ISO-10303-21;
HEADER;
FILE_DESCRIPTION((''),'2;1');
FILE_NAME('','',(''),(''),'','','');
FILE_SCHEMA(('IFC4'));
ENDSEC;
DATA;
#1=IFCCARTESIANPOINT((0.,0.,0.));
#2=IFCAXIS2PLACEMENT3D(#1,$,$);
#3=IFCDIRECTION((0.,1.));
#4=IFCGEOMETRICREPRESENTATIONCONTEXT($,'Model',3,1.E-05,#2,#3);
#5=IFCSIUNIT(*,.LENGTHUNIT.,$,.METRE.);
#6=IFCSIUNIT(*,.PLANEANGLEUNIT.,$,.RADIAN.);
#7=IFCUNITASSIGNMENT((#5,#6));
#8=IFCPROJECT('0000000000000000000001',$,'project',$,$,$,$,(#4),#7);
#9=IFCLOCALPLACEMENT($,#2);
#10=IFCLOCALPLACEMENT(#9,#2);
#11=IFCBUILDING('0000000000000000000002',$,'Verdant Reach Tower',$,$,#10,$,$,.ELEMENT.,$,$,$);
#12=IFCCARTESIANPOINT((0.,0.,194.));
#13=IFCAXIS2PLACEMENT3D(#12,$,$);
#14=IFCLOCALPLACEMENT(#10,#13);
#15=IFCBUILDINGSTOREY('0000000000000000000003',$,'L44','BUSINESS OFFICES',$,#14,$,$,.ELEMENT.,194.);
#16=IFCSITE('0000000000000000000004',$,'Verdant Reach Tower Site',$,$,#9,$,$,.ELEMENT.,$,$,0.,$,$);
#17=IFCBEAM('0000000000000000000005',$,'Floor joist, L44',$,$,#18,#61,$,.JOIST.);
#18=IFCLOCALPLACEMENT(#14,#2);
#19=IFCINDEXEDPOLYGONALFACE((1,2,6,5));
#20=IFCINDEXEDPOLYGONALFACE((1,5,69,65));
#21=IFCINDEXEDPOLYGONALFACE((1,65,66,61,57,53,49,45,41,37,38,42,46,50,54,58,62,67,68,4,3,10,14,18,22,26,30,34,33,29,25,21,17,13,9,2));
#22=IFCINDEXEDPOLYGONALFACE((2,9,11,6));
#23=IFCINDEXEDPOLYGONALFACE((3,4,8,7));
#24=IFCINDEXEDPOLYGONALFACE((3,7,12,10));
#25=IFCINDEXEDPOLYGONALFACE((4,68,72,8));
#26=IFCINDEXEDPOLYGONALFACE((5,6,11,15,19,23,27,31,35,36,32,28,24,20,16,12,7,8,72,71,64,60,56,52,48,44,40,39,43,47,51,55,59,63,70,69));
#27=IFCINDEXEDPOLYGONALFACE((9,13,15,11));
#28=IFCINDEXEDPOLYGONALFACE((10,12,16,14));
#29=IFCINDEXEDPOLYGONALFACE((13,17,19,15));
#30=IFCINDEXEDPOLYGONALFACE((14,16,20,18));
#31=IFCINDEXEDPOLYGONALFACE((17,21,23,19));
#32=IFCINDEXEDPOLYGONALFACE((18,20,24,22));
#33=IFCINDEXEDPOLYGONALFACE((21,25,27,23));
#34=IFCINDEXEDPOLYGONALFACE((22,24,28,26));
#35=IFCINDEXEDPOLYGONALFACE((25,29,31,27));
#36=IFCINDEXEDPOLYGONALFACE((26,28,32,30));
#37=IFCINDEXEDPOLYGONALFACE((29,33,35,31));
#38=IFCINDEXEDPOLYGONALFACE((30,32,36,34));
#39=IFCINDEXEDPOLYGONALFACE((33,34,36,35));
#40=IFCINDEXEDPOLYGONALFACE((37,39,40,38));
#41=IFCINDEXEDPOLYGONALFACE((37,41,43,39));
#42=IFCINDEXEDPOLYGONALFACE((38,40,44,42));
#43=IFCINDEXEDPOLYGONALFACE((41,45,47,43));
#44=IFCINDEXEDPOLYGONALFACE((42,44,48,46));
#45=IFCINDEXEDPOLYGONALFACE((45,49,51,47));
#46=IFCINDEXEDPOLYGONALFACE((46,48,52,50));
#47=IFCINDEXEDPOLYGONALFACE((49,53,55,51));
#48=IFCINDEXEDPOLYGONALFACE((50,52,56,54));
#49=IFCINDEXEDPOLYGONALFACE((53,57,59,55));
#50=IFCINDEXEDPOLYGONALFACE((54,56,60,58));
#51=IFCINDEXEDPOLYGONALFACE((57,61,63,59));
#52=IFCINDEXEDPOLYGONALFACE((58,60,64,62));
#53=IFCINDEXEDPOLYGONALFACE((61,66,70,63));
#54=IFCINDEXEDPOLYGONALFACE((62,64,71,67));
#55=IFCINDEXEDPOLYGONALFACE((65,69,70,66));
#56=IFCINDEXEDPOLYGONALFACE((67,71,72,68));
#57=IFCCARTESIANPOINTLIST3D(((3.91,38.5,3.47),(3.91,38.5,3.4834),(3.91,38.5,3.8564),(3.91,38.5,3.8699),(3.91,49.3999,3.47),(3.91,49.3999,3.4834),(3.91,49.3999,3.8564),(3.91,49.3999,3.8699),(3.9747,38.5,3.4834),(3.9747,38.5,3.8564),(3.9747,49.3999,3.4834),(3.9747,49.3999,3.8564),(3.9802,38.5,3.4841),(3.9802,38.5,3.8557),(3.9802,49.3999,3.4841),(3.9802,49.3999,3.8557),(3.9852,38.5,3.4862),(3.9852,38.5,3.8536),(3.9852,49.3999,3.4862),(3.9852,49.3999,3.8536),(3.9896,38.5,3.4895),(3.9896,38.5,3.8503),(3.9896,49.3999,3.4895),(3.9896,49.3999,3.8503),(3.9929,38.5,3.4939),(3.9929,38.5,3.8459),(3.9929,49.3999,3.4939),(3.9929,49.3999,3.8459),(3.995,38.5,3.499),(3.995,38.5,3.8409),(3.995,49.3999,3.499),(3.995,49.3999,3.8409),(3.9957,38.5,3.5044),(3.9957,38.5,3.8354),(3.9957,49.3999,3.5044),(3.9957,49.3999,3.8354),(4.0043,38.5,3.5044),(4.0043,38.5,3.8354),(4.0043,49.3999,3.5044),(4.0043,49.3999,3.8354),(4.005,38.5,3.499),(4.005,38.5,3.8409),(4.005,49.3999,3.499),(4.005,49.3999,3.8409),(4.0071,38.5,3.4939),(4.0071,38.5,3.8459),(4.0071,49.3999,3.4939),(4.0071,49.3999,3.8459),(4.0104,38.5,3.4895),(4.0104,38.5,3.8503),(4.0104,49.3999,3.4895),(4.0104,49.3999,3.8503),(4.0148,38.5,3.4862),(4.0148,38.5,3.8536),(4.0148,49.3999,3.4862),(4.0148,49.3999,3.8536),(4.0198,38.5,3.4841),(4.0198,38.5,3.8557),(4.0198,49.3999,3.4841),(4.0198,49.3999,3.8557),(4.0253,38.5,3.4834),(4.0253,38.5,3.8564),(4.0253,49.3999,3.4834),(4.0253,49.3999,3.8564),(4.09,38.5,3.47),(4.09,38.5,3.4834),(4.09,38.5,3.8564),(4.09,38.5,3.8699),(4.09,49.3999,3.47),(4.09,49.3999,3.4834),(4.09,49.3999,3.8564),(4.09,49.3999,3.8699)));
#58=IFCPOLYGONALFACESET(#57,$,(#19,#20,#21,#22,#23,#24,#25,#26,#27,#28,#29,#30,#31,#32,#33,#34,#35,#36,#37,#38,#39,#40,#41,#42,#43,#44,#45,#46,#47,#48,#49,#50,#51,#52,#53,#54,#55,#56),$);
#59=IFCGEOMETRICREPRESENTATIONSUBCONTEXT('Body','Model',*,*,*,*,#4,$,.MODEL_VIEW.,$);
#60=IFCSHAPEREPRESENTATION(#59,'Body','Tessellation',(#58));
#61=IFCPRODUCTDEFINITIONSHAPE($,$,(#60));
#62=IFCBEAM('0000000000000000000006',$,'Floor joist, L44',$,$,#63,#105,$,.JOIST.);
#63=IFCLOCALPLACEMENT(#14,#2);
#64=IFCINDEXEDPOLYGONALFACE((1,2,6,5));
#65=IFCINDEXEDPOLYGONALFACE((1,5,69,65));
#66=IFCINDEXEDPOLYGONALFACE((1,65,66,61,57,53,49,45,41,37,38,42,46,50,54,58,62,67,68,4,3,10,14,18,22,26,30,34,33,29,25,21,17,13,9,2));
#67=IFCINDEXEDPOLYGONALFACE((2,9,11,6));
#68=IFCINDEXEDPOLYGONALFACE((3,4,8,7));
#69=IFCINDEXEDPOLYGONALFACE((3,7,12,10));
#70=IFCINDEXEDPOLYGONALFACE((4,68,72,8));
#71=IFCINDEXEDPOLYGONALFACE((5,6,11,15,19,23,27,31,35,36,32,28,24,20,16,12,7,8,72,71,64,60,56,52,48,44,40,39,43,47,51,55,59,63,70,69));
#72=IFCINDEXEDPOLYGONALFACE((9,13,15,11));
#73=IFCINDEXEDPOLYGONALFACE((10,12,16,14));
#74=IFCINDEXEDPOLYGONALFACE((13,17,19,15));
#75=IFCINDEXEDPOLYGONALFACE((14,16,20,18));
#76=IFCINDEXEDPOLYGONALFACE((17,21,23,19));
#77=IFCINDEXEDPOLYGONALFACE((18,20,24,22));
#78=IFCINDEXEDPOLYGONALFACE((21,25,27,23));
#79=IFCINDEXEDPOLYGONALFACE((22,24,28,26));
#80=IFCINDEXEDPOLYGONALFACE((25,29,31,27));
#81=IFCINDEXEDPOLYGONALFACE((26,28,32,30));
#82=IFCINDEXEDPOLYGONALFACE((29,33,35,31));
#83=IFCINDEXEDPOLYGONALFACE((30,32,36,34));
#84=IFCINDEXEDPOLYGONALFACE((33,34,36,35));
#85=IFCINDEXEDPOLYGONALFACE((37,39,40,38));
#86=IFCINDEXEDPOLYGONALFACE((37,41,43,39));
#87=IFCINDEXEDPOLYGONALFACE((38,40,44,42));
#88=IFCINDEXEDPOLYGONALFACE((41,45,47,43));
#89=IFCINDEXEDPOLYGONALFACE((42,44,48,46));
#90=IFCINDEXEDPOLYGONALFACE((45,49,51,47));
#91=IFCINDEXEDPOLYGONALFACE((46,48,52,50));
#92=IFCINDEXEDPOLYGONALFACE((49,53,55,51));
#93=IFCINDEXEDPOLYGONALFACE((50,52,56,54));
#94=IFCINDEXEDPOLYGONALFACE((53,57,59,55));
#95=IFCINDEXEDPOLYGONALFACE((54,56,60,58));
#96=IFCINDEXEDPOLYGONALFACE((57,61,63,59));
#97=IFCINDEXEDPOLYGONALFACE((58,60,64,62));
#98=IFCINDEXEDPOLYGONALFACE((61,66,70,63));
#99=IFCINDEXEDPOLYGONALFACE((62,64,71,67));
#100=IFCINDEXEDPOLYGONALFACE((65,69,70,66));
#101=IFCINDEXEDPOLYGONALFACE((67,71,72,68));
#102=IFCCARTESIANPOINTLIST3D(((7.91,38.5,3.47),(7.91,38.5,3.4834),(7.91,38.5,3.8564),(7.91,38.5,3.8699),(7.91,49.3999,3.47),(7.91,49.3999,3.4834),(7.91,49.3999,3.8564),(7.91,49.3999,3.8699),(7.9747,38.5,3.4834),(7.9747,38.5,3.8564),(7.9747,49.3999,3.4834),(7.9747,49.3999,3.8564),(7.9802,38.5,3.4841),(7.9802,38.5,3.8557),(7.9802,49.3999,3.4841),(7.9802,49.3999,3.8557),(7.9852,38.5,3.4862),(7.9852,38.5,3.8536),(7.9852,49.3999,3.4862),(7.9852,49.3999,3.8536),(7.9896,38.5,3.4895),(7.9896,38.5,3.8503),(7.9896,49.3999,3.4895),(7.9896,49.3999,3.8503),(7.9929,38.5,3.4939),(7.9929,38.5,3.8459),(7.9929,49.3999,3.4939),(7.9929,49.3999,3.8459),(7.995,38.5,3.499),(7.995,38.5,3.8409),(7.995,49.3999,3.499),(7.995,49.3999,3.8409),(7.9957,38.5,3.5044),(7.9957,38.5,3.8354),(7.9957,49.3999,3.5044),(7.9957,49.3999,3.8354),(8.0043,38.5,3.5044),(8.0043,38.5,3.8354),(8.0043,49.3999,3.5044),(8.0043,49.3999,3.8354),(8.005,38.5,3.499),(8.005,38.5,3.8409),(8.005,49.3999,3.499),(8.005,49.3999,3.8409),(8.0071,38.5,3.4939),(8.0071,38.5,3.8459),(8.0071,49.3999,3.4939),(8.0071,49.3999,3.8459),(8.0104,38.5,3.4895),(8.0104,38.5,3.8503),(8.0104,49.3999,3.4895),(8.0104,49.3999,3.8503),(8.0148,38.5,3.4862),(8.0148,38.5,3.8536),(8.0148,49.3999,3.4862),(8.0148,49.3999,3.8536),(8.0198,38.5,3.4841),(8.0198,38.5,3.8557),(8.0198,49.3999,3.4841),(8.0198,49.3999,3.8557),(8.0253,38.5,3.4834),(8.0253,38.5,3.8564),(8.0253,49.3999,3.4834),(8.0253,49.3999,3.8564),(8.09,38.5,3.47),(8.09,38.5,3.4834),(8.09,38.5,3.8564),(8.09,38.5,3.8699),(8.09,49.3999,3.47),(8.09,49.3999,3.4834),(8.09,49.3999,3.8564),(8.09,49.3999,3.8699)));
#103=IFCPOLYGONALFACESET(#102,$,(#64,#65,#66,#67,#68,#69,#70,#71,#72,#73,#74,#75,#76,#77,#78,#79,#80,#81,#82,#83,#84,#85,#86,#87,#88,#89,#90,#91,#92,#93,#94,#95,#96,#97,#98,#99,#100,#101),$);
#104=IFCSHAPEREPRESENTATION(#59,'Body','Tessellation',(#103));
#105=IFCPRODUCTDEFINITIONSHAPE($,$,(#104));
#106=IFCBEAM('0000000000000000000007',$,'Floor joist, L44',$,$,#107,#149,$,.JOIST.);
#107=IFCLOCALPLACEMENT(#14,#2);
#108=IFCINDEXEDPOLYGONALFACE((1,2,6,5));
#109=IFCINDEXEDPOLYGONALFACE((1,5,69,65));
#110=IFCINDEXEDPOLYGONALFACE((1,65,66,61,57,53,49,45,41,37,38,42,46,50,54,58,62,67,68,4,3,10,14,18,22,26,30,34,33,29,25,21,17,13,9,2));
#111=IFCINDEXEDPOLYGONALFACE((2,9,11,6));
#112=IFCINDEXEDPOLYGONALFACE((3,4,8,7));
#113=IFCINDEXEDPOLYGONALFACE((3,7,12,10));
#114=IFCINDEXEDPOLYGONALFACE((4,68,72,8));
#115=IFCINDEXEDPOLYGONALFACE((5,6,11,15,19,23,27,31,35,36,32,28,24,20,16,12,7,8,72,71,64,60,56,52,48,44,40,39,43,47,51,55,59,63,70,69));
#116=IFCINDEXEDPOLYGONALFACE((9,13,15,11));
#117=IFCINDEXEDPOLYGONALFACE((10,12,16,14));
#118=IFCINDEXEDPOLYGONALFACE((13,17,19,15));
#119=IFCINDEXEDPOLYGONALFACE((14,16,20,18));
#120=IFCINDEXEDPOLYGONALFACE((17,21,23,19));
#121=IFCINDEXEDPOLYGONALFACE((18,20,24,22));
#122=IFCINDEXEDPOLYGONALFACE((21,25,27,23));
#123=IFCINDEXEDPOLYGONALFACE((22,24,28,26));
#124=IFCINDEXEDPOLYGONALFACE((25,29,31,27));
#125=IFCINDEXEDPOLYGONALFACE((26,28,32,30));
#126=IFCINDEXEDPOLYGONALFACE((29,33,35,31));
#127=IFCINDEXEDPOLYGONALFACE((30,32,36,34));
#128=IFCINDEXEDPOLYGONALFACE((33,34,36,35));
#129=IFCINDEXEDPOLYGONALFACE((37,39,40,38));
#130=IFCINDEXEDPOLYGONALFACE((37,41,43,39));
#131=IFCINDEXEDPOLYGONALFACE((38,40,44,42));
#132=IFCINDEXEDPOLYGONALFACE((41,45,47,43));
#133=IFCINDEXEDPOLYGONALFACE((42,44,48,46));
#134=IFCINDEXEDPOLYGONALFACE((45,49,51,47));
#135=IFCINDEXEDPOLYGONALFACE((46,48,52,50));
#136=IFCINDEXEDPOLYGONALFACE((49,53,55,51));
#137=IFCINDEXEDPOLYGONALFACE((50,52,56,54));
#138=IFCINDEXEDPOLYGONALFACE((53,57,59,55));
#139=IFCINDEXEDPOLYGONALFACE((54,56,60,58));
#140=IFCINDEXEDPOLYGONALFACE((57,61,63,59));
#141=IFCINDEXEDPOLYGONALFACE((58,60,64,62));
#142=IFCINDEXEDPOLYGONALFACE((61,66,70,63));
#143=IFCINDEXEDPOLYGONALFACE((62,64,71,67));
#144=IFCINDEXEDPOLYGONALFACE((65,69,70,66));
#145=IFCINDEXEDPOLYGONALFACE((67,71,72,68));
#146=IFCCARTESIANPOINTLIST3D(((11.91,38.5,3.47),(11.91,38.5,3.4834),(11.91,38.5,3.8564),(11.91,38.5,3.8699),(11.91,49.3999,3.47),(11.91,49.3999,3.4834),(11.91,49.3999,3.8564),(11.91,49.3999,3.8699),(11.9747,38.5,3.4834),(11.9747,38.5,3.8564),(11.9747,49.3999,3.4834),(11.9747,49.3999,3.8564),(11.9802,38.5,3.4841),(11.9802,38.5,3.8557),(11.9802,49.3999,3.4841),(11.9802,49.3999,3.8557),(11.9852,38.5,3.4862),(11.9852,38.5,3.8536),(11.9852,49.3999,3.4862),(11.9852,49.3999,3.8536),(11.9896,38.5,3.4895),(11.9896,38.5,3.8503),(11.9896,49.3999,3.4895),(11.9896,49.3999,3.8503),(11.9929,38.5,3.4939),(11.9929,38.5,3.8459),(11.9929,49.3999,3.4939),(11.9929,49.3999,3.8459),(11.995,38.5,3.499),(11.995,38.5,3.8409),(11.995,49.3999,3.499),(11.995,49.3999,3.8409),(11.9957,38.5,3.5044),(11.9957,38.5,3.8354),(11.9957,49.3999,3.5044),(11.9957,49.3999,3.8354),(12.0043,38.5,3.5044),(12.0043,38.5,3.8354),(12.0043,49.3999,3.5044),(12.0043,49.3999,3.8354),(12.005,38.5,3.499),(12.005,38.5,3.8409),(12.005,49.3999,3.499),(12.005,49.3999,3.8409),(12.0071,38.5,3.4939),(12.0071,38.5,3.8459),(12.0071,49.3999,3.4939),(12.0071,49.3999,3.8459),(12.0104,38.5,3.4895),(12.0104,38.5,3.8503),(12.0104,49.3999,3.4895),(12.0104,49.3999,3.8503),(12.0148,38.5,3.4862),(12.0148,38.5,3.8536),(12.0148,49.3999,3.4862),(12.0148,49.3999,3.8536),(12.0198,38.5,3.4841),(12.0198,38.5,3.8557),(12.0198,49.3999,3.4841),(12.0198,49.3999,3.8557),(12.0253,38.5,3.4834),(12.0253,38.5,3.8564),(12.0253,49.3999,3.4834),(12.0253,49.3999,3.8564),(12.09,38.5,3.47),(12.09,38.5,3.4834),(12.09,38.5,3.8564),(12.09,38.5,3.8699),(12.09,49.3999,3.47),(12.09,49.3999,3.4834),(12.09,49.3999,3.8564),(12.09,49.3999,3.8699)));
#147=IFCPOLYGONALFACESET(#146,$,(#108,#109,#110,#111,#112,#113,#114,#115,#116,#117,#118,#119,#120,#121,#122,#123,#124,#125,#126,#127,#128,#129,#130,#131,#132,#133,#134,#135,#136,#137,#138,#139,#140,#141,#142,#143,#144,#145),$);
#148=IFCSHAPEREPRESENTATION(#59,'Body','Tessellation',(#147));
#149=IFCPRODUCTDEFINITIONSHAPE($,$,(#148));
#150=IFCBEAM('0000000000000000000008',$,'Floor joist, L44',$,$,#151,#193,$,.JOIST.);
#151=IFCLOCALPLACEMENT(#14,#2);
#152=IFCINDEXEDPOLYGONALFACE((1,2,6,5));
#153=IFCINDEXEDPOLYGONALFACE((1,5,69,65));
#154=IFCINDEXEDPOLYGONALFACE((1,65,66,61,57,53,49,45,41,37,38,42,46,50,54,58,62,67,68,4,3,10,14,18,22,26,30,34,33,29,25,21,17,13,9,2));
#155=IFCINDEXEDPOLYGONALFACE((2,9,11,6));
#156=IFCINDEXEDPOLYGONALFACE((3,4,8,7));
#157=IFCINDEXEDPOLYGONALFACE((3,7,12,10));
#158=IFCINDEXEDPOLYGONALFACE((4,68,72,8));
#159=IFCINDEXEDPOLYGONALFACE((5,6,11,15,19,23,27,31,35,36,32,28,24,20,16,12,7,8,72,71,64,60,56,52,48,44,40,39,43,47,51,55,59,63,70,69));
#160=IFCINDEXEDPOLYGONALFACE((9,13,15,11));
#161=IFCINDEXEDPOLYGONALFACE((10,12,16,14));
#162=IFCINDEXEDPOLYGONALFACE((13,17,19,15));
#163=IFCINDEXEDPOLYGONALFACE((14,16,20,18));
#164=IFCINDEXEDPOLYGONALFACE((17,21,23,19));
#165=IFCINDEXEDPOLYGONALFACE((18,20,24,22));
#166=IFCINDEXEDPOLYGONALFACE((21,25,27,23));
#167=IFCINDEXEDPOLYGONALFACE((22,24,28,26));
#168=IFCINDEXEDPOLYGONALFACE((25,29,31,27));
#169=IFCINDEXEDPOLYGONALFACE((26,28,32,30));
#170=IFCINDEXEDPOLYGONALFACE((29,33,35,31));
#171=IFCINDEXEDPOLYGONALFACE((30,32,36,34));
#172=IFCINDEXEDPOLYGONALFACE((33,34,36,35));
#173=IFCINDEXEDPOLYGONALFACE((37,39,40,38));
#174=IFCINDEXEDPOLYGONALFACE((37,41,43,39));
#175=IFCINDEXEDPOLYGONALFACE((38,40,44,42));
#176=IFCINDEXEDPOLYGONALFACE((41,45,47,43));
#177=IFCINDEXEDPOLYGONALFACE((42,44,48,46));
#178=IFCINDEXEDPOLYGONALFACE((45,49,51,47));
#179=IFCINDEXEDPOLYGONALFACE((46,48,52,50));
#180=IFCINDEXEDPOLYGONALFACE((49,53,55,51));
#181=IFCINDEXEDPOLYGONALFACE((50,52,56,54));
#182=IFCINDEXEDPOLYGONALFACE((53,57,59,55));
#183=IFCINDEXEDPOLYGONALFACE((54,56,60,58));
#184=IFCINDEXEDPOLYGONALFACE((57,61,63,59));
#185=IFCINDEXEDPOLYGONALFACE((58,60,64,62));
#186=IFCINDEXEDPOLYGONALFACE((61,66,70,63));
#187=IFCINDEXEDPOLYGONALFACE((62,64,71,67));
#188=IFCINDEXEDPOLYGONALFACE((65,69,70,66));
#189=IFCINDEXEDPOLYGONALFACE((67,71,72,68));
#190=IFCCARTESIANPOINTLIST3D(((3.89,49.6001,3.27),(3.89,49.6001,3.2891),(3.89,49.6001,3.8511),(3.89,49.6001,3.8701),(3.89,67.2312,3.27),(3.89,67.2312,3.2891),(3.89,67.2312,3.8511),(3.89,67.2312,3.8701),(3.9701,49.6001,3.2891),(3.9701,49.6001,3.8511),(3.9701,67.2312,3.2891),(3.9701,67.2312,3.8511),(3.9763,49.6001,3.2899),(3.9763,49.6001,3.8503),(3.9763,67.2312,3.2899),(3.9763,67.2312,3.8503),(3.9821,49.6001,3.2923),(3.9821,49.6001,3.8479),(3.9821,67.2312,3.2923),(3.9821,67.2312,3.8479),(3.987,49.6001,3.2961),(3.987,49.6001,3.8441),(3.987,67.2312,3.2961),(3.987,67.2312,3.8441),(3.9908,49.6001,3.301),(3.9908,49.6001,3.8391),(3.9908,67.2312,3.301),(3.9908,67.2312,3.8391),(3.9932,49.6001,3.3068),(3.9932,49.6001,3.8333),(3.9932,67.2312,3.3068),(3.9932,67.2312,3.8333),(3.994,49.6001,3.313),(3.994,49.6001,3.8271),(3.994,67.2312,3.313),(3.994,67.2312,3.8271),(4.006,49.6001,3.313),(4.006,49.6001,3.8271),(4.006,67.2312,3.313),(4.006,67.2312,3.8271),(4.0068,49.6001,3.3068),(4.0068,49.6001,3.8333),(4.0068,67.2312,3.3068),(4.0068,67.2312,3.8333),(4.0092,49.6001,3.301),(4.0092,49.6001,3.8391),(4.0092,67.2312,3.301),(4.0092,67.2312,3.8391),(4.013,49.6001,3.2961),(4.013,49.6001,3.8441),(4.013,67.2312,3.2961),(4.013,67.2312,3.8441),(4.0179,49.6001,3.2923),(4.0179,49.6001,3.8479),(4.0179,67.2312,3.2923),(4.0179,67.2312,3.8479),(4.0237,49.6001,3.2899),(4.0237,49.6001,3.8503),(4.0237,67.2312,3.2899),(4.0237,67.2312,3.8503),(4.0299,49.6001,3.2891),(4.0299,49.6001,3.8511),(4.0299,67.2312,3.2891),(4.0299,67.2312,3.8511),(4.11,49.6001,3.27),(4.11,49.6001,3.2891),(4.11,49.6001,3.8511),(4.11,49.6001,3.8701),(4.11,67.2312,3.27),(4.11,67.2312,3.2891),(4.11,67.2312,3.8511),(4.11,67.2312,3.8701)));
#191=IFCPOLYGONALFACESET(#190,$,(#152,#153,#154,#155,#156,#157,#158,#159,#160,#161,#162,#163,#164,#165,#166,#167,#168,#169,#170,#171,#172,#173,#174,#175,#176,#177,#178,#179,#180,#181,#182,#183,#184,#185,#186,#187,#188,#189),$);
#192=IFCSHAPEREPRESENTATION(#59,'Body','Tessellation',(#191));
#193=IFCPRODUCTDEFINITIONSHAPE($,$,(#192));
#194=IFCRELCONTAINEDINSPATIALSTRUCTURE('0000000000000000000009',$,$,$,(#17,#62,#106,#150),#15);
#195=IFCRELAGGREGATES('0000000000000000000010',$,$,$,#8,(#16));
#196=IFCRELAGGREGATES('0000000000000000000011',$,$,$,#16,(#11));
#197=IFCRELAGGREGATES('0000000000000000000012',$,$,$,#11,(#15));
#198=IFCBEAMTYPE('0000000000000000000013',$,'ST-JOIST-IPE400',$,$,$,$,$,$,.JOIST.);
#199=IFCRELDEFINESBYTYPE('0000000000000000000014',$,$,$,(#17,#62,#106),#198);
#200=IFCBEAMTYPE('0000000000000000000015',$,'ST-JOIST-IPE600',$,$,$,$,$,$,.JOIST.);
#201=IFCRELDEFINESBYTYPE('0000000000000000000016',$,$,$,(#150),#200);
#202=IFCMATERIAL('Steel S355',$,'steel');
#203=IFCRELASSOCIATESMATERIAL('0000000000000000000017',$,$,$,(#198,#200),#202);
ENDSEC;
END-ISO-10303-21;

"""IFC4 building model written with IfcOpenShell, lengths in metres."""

from ifc_helpers import new_model, si_unit, direction, frame, origin, origin_2d, place, context, subcontext, project, spatial, i_section, extrude, material, material_profile, profile_set, type_object, element, save


model = new_model("IFC4")

# Units and contexts
model_context = context("Model", 3, precision=1e-05, world=origin(), true_north=direction((0.0, 1.0)))
body_context = subcontext(model_context, "Body", "Model", "MODEL_VIEW")
ifc_project = project(units=[si_unit("LENGTHUNIT", "METRE"), si_unit("PLANEANGLEUNIT", "RADIAN")], contexts=[model_context])

# Site, building, storey
site_placement = place(None, origin())
site = spatial("IfcSite", under=ifc_project, at=site_placement, Name="Verdant Reach Tower Site", CompositionType="ELEMENT", RefElevation=0.0)
building_placement = place(site_placement, origin())
building = spatial("IfcBuilding", under=site, at=building_placement, Name="Verdant Reach Tower", CompositionType="ELEMENT")
storey_placement = place(building_placement, frame((0.0, 0.0, 194.0)))
storey = spatial("IfcBuildingStorey", under=building, at=storey_placement, Name="L44", Description="BUSINESS OFFICES", CompositionType="ELEMENT", Elevation=194.0)

# Beams
ifc_material_1 = material(Name="Steel S355", Category="steel")
ifc_material_profile_1 = material_profile(ifc_material_1, i_section(OverallWidth=0.1799, OverallDepth=0.3999, WebThickness=0.0085, FlangeThickness=0.0134, FilletRadius=0.021, at=origin_2d()), Name="IPE 400")
ifc_profile_set_1 = profile_set([ifc_material_profile_1], Name="Steel S355")
beam_type_1 = type_object("IfcBeamType", Name="ST-JOIST-IPE400", PredefinedType="JOIST", material=ifc_profile_set_1)
for number, where, z_axis, x_axis, name in (
    (1, (4.0, 38.5, 3.6699), (0.0, 1.0, 0.0), (-1.0, 0.0, 0.0), "Floor joist, L44"),
    (2, (8.0, 38.5, 3.6699), (0.0, 1.0, 0.0), (-1.0, 0.0, 0.0), "Floor joist, L44"),
    (3, (12.0, 38.5, 3.6699), (0.0, 1.0, 0.0), (-1.0, 0.0, 0.0), "Floor joist, L44"),
):
    element("IfcBeam", number, at=place(storey_placement, frame(where, z_axis=z_axis, x_axis=x_axis)), inside=storey, type_object=beam_type_1, Name=name, PredefinedType="JOIST", context=body_context, shape_type="SweptSolid", body=[
        extrude(i_section(OverallWidth=0.1799, OverallDepth=0.3999, WebThickness=0.0085, FlangeThickness=0.0134, FilletRadius=0.021, at=origin_2d()), origin(), (0.0, 0.0, 1.0), 10.8999),
    ])
ifc_material_profile_2 = material_profile(ifc_material_1, i_section(OverallWidth=0.22, OverallDepth=0.6001, WebThickness=0.012, FlangeThickness=0.019, FilletRadius=0.0239, at=origin_2d()), Name="IPE 600")
ifc_profile_set_2 = profile_set([ifc_material_profile_2], Name="Steel S355")
beam_type_2 = type_object("IfcBeamType", Name="ST-JOIST-IPE600", PredefinedType="JOIST", material=ifc_profile_set_2)
beam_1_placement = place(storey_placement, frame((4.0, 49.6001, 3.5701), z_axis=(0.0, 1.0, 0.0), x_axis=(-1.0, 0.0, 0.0)))
element("IfcBeam", 4, at=beam_1_placement, inside=storey, type_object=beam_type_2, Name="Floor joist, L44", PredefinedType="JOIST", context=body_context, shape_type="SweptSolid", body=[
    extrude(i_section(OverallWidth=0.22, OverallDepth=0.6001, WebThickness=0.012, FlangeThickness=0.019, FilletRadius=0.0239, at=origin_2d()), origin(), (0.0, 0.0, 1.0), 17.6311),
])

save(model, "model.ifc")
